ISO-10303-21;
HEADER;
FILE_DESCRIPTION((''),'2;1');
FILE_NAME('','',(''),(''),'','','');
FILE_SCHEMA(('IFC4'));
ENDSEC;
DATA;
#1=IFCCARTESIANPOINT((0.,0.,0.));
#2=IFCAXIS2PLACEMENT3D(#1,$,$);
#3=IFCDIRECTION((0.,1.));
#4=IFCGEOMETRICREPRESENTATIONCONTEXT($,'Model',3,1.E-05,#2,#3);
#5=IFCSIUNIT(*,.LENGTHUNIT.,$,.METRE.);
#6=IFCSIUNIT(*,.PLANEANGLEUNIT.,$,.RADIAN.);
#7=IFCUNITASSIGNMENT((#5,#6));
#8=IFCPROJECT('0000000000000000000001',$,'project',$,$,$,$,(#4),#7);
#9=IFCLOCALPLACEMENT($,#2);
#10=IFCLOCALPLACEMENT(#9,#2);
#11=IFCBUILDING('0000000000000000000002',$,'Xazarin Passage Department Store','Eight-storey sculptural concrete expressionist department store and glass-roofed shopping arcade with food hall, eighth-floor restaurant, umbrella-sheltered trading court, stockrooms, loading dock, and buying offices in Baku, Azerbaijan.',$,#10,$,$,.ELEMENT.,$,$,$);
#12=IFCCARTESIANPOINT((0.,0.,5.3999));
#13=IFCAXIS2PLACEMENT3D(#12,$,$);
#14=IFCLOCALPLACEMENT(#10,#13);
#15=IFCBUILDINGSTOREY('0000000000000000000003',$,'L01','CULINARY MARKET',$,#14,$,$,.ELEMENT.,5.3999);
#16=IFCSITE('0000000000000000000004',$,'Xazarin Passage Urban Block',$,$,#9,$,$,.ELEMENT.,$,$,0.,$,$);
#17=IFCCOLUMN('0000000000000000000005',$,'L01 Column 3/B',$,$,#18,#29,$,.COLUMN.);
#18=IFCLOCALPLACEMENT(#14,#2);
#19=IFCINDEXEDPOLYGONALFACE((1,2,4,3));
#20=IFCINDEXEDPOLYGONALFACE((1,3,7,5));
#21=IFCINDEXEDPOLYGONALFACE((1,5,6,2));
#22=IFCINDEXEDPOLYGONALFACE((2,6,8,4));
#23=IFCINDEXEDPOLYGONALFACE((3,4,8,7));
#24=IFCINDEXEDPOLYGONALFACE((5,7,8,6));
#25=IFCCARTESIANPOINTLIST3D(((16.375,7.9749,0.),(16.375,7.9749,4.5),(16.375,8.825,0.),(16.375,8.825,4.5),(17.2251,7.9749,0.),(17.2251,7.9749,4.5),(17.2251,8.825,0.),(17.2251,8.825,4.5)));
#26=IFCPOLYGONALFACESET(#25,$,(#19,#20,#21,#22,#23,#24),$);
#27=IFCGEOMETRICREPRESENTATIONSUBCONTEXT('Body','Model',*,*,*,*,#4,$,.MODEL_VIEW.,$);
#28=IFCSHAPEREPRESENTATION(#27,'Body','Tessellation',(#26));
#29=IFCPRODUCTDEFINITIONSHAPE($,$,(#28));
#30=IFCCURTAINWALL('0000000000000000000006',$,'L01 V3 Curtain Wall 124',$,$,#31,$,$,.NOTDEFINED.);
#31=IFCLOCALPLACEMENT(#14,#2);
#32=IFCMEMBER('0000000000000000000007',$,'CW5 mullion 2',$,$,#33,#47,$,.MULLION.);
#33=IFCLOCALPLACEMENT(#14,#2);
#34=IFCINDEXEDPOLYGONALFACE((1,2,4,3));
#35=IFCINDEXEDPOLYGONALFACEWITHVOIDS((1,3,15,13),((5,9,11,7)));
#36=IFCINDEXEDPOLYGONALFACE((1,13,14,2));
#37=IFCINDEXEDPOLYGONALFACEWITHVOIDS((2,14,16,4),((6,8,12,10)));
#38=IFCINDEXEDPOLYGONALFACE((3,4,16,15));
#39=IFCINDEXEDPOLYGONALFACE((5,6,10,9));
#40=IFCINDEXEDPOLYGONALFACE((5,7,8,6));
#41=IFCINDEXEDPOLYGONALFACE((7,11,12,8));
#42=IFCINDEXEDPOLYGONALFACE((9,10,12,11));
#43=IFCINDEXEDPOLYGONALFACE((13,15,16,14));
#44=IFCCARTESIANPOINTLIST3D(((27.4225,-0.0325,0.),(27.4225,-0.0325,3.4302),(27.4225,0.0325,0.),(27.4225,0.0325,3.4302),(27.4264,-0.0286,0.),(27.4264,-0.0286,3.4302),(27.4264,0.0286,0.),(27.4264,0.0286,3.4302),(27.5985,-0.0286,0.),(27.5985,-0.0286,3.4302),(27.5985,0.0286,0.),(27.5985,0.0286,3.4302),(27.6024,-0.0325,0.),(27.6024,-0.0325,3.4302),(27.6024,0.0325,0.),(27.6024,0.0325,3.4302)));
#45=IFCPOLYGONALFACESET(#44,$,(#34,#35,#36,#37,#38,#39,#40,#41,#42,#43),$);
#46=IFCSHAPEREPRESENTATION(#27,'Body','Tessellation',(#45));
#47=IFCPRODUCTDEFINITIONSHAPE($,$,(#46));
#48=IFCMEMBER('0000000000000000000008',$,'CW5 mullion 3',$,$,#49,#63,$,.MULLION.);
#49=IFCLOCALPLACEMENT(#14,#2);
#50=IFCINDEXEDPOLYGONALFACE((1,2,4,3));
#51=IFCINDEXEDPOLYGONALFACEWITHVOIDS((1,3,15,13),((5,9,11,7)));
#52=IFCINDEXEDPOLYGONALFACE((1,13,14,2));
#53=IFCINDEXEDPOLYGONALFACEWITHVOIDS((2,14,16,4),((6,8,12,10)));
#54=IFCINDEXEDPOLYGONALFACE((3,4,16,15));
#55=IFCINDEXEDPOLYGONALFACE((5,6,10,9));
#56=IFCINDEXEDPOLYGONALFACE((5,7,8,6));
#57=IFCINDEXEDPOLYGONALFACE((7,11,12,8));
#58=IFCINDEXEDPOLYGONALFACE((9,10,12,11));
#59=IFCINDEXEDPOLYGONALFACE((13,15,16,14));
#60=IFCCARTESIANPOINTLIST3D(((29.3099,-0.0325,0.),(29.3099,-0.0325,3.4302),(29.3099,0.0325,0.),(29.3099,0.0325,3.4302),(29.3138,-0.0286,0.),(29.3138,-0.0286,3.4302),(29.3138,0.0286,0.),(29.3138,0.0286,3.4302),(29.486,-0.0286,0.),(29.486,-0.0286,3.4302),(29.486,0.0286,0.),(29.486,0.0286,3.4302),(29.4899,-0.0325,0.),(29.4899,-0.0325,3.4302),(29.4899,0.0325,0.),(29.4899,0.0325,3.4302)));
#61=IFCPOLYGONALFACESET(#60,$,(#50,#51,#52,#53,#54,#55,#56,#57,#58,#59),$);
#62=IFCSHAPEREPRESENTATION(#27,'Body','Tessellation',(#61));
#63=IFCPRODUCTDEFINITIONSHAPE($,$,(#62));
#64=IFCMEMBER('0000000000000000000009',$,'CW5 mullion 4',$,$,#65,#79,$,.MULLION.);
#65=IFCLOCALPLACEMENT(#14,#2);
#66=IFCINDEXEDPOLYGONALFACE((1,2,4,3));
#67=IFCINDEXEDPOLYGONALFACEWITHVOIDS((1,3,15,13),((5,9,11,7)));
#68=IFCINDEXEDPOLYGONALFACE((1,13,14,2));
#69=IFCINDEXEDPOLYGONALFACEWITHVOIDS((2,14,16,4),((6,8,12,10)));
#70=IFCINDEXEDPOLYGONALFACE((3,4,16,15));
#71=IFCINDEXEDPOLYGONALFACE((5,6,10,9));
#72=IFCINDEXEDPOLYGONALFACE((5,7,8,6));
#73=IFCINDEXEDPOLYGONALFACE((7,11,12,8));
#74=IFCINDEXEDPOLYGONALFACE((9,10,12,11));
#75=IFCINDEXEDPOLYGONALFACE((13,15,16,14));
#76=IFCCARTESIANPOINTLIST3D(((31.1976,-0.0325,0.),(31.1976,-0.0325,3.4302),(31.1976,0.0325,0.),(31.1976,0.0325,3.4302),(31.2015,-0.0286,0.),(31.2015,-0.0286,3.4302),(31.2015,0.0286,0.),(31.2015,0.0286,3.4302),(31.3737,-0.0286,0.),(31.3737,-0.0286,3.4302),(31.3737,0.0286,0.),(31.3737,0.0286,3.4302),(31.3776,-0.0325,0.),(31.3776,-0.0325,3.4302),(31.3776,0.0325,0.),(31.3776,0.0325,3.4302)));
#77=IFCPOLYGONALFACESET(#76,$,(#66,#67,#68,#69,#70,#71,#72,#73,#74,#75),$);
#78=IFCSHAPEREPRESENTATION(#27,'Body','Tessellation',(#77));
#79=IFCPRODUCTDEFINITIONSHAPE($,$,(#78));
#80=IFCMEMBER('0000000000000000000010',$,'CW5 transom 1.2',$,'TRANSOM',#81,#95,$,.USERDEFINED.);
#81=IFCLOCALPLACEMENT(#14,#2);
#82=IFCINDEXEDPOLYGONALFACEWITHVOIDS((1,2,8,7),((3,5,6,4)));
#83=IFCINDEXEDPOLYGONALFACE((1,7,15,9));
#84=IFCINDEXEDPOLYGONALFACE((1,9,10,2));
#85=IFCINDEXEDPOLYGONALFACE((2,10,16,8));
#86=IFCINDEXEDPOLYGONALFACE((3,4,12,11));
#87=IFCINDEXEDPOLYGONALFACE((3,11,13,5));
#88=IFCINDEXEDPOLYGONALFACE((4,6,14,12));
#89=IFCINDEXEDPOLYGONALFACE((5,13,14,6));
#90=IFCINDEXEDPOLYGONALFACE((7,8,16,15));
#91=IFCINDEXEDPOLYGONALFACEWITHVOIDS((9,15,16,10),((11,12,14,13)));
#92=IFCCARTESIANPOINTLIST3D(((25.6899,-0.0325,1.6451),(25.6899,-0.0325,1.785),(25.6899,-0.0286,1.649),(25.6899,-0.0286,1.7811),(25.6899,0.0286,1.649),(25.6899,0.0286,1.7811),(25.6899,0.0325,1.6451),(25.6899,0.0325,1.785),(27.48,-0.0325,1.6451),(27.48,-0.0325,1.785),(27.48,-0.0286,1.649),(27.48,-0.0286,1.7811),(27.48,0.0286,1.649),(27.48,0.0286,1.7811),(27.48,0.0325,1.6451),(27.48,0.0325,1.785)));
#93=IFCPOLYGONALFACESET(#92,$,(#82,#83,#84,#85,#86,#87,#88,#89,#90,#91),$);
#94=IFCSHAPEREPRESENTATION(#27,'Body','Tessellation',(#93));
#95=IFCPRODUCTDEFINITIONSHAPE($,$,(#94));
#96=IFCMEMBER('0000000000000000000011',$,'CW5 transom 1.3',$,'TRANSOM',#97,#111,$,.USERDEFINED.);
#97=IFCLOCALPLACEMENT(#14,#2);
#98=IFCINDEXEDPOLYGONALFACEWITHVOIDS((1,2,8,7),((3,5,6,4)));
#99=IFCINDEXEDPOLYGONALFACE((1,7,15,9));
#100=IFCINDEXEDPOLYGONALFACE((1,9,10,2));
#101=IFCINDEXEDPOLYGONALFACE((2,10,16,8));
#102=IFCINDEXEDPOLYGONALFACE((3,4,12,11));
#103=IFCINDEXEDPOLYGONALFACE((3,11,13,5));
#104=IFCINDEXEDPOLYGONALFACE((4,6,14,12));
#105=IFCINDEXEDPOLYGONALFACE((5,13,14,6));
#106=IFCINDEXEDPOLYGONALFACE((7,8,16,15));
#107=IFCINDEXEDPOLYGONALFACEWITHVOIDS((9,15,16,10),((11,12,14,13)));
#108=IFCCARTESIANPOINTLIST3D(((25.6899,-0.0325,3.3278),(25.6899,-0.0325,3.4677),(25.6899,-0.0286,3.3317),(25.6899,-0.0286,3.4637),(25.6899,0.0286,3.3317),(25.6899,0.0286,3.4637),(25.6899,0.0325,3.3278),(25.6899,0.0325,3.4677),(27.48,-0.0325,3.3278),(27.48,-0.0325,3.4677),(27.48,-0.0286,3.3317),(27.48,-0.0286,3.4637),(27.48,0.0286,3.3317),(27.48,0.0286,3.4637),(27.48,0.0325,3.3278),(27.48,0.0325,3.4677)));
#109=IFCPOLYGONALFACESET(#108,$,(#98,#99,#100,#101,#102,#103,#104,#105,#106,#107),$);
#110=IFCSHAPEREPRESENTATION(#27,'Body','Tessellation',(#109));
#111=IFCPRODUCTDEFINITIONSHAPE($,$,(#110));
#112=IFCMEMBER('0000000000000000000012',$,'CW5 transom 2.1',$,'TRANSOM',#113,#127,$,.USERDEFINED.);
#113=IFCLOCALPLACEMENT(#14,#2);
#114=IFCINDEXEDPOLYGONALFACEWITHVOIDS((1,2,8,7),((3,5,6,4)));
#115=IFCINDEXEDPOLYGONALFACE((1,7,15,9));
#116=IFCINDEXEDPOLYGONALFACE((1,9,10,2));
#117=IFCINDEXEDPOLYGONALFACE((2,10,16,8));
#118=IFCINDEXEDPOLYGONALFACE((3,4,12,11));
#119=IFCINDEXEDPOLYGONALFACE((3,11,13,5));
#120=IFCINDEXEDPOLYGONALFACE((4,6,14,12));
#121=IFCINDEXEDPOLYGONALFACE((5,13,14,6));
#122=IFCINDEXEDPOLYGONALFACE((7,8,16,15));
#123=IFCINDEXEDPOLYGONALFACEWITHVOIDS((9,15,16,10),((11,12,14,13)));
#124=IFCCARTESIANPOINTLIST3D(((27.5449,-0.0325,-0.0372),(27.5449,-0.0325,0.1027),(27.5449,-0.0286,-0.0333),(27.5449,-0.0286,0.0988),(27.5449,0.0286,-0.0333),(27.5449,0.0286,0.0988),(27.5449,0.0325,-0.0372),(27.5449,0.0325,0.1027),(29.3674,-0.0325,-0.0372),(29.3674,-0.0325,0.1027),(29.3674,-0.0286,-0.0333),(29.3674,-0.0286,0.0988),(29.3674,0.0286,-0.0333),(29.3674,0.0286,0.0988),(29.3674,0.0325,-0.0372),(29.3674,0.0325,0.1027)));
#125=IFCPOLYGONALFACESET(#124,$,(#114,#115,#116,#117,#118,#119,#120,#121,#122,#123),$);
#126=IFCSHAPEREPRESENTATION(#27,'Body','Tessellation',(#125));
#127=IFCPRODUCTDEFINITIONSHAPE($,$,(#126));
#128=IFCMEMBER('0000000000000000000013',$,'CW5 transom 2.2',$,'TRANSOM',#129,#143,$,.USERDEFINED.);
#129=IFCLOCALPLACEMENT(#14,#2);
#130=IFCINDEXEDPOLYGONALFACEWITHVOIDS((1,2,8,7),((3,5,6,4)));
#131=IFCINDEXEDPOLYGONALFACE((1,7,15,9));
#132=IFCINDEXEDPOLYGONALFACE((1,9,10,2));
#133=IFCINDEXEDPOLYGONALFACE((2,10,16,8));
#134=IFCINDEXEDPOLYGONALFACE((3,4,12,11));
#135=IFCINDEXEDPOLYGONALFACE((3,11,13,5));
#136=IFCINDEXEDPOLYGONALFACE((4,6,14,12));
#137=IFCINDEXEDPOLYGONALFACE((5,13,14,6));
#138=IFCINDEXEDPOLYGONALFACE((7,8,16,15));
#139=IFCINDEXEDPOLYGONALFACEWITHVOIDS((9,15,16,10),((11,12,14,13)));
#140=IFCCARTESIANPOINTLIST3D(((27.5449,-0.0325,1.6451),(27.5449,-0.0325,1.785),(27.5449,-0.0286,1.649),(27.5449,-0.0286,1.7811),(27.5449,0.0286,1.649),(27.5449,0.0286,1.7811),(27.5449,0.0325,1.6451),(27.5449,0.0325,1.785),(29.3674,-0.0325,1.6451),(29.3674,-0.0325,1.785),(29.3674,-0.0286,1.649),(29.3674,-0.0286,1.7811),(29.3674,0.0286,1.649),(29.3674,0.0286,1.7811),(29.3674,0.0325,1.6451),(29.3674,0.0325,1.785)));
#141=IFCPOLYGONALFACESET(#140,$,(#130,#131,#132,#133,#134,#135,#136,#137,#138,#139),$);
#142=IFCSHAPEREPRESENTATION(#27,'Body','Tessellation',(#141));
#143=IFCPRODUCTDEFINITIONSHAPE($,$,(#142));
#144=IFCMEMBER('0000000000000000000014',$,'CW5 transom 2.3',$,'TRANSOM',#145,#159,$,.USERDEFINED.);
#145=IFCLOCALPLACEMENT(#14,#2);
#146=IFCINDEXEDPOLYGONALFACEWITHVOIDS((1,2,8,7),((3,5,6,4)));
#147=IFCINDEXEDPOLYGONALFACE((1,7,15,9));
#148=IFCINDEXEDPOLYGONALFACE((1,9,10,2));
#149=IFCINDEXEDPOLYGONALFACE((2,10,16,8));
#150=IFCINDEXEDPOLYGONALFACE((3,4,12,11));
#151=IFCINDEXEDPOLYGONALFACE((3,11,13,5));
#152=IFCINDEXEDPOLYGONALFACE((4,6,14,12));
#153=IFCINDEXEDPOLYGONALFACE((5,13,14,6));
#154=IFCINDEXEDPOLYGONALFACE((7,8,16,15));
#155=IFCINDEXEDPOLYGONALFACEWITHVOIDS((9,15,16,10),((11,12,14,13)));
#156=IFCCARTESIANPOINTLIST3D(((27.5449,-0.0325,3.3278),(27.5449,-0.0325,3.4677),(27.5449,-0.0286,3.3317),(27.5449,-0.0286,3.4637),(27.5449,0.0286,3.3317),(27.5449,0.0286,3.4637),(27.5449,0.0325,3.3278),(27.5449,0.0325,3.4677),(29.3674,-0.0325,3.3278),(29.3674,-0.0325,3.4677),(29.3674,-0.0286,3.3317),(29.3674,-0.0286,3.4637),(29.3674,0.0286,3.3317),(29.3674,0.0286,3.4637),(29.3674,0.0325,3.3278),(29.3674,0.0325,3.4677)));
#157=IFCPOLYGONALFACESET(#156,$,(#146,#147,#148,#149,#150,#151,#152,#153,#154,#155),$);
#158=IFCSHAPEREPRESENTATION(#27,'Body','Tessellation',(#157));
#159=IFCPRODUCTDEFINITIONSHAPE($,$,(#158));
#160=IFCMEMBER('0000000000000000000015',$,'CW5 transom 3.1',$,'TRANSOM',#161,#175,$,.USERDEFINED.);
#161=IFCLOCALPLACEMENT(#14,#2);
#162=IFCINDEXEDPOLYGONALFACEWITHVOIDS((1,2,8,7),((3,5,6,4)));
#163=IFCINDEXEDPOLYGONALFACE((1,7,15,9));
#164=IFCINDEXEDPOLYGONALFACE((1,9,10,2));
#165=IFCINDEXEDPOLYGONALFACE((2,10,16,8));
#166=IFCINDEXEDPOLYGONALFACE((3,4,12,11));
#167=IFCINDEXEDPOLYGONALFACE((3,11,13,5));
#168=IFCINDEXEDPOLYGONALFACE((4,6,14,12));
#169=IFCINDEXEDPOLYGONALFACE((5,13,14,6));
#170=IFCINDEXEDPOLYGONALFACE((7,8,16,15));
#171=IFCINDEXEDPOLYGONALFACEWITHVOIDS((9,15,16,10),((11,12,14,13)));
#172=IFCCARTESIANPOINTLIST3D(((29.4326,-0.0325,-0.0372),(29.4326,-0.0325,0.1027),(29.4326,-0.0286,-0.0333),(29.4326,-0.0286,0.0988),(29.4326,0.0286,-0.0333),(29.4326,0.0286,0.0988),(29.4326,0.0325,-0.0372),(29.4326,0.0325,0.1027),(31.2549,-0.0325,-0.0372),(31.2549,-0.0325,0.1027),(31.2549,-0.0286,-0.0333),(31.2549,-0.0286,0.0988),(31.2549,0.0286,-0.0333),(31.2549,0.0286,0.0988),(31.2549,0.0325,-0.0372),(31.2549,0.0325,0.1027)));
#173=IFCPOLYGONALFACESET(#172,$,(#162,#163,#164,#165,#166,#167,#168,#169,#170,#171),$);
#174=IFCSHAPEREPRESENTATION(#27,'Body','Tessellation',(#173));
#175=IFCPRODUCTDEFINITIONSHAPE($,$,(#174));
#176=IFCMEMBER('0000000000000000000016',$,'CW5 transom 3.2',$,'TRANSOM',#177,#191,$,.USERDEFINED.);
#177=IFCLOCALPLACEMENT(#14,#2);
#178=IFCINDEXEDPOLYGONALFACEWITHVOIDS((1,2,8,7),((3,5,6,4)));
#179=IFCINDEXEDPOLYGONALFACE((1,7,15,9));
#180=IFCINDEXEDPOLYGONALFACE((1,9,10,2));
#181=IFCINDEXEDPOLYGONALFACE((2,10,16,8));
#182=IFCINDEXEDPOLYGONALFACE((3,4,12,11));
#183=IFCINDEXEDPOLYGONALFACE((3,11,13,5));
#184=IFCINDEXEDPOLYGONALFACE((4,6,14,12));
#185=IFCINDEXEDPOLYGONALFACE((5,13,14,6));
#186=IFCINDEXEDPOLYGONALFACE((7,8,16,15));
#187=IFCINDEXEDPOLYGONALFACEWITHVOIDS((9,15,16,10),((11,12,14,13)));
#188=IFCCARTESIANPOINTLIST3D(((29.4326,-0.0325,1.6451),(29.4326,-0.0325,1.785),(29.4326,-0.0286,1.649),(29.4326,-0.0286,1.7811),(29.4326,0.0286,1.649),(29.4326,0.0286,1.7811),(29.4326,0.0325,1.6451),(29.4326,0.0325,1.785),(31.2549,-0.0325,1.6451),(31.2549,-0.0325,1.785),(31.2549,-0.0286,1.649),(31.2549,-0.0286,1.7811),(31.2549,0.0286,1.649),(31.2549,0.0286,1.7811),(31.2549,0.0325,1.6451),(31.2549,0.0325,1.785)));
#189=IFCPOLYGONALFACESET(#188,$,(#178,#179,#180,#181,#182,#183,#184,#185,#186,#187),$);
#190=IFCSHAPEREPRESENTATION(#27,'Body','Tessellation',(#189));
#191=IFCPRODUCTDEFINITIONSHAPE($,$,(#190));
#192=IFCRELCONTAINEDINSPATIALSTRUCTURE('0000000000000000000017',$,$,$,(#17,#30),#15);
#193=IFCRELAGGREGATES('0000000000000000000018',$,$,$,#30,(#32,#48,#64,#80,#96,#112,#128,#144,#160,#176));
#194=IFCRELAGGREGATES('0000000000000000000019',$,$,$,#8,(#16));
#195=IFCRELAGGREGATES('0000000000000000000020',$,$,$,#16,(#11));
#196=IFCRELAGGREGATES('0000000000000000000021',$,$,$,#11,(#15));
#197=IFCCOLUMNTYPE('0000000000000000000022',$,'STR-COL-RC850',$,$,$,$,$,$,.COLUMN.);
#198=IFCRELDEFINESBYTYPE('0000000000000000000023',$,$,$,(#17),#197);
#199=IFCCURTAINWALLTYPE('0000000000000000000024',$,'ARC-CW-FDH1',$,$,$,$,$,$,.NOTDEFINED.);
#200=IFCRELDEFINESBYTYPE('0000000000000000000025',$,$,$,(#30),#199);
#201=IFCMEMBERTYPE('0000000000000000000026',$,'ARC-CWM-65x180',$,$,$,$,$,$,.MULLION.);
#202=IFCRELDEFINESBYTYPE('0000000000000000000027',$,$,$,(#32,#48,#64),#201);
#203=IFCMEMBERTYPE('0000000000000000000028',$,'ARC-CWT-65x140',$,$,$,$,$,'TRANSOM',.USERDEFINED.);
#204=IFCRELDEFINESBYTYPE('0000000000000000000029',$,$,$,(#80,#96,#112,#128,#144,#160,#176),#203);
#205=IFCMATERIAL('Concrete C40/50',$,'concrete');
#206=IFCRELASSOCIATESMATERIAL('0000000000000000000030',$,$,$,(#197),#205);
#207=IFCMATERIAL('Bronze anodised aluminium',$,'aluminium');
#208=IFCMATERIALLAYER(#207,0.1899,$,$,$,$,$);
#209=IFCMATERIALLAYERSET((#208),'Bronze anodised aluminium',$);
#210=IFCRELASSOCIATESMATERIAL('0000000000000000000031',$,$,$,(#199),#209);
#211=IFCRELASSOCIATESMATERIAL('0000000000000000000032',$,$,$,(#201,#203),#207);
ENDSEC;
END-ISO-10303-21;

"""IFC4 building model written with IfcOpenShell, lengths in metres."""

from ifc_helpers import new_model, si_unit, direction, frame, origin, origin_2d, place, context, subcontext, project, spatial, rectangle, hollow_rectangle, extrude, material, layer, layer_set, material_profile, profile_set, type_object, element, aggregate, save


model = new_model("IFC4")

# Units and contexts
model_context = context("Model", 3, precision=1e-05, world=origin(), true_north=direction((0.0, 1.0)))
body_context = subcontext(model_context, "Body", "Model", "MODEL_VIEW")
ifc_project = project(units=[si_unit("LENGTHUNIT", "METRE"), si_unit("PLANEANGLEUNIT", "RADIAN")], contexts=[model_context])

# Site, building, storey
site_placement = place(None, origin())
site = spatial("IfcSite", under=ifc_project, at=site_placement, Name="Xazarin Passage Urban Block", CompositionType="ELEMENT", RefElevation=0.0)
building_placement = place(site_placement, origin())
building = spatial("IfcBuilding", under=site, at=building_placement, Name="Xazarin Passage Department Store", Description="Eight-storey sculptural concrete expressionist department store and glass-roofed shopping arcade with food hall, eighth-floor restaurant, umbrella-sheltered trading court, stockrooms, loading dock, and buying offices in Baku, Azerbaijan.", CompositionType="ELEMENT")
storey_placement = place(building_placement, frame((0.0, 0.0, 5.3999)))
storey = spatial("IfcBuildingStorey", under=building, at=storey_placement, Name="L01", Description="CULINARY MARKET", CompositionType="ELEMENT", Elevation=5.3999)

# Column
ifc_material_1 = material(Name="Concrete C40/50", Category="concrete")
ifc_material_profile_1 = material_profile(ifc_material_1, rectangle(XDim=0.8501, YDim=0.8501, at=origin_2d()), Name="RC 850x850")
ifc_profile_set_1 = profile_set([ifc_material_profile_1], Name="Concrete C40/50")
column_type = type_object("IfcColumnType", Name="STR-COL-RC850", PredefinedType="COLUMN", material=ifc_profile_set_1)
column_placement = place(storey_placement, frame((16.8, 8.3999, 0.0), z_axis=(0.0, 0.0, 1.0), x_axis=(1.0, 0.0, 0.0)))
element("IfcColumn", 1, at=column_placement, inside=storey, type_object=column_type, Name="L01 Column 3/B", PredefinedType="COLUMN", context=body_context, shape_type="SweptSolid", body=[
    extrude(rectangle(XDim=0.8501, YDim=0.8501, at=origin_2d()), origin(), (0.0, 0.0, 1.0), 4.5),
])

# Curtain wall, members
ifc_material_2 = material(Name="Bronze anodised aluminium", Category="aluminium")
ifc_layer_1 = layer(ifc_material_2, 0.1899)
ifc_layer_set_1 = layer_set([ifc_layer_1], Name="Bronze anodised aluminium")
curtain_wall_type = type_object("IfcCurtainWallType", Name="ARC-CW-FDH1", PredefinedType="NOTDEFINED", material=ifc_layer_set_1)
curtain_wall_placement = place(storey_placement, origin())
curtain_wall = element("IfcCurtainWall", 2, at=curtain_wall_placement, inside=storey, type_object=curtain_wall_type, Name="L01 V3 Curtain Wall 124", PredefinedType="NOTDEFINED")
ifc_material_profile_2 = material_profile(ifc_material_2, hollow_rectangle(XDim=0.0649, YDim=0.1799, WallThickness=0.0039, at=origin_2d()), Name="ALU 65x180")
ifc_profile_set_2 = profile_set([ifc_material_profile_2], Name="Bronze anodised aluminium")
member_type_1 = type_object("IfcMemberType", Name="ARC-CWM-65x180", PredefinedType="MULLION", material=ifc_profile_set_2)
member_1_placement = place(storey_placement, frame((27.5125, 0.0, 0.0), z_axis=(0.0, 0.0, 1.0), x_axis=(0.0, 1.0, 0.0)))
member_1 = element("IfcMember", 3, at=member_1_placement, type_object=member_type_1, Name="CW5 mullion 2", PredefinedType="MULLION", context=body_context, shape_type="SweptSolid", body=[
    extrude(hollow_rectangle(XDim=0.0649, YDim=0.1799, WallThickness=0.0039, at=origin_2d()), origin(), (0.0, 0.0, 1.0), 3.4302),
])
member_2_placement = place(storey_placement, frame((29.3999, 0.0, 0.0), z_axis=(0.0, 0.0, 1.0), x_axis=(0.0, 1.0, 0.0)))
member_2 = element("IfcMember", 4, at=member_2_placement, type_object=member_type_1, Name="CW5 mullion 3", PredefinedType="MULLION", context=body_context, shape_type="SweptSolid", body=[
    extrude(hollow_rectangle(XDim=0.0649, YDim=0.1799, WallThickness=0.0039, at=origin_2d()), origin(), (0.0, 0.0, 1.0), 3.4302),
])
member_3_placement = place(storey_placement, frame((31.2876, 0.0, 0.0), z_axis=(0.0, 0.0, 1.0), x_axis=(0.0, 1.0, 0.0)))
member_3 = element("IfcMember", 5, at=member_3_placement, type_object=member_type_1, Name="CW5 mullion 4", PredefinedType="MULLION", context=body_context, shape_type="SweptSolid", body=[
    extrude(hollow_rectangle(XDim=0.0649, YDim=0.1799, WallThickness=0.0039, at=origin_2d()), origin(), (0.0, 0.0, 1.0), 3.4302),
])
ifc_material_profile_3 = material_profile(ifc_material_2, hollow_rectangle(XDim=0.0649, YDim=0.1399, WallThickness=0.0039, at=origin_2d()), Name="ALU 65x140")
ifc_profile_set_3 = profile_set([ifc_material_profile_3], Name="Bronze anodised aluminium")
member_type_2 = type_object("IfcMemberType", Name="ARC-CWT-65x140", ElementType="TRANSOM", PredefinedType="USERDEFINED", material=ifc_profile_set_3)
member_4_placement = place(storey_placement, frame((25.6899, 0.0, 1.7151), z_axis=(1.0, 0.0, 0.0), x_axis=(0.0, 1.0, 0.0)))
member_4 = element("IfcMember", 6, at=member_4_placement, type_object=member_type_2, Name="CW5 transom 1.2", ObjectType="TRANSOM", PredefinedType="USERDEFINED", context=body_context, shape_type="SweptSolid", body=[
    extrude(hollow_rectangle(XDim=0.0649, YDim=0.1399, WallThickness=0.0039, at=origin_2d()), origin(), (0.0, 0.0, 1.0), 1.79),
])
member_5_placement = place(storey_placement, frame((25.6899, 0.0, 3.3977), z_axis=(1.0, 0.0, 0.0), x_axis=(0.0, 1.0, 0.0)))
member_5 = element("IfcMember", 7, at=member_5_placement, type_object=member_type_2, Name="CW5 transom 1.3", ObjectType="TRANSOM", PredefinedType="USERDEFINED", context=body_context, shape_type="SweptSolid", body=[
    extrude(hollow_rectangle(XDim=0.0649, YDim=0.1399, WallThickness=0.0039, at=origin_2d()), origin(), (0.0, 0.0, 1.0), 1.79),
])
member_6_placement = place(storey_placement, frame((27.5449, 0.0, 0.0327), z_axis=(1.0, 0.0, 0.0), x_axis=(0.0, 1.0, 0.0)))
member_6 = element("IfcMember", 8, at=member_6_placement, type_object=member_type_2, Name="CW5 transom 2.1", ObjectType="TRANSOM", PredefinedType="USERDEFINED", context=body_context, shape_type="SweptSolid", body=[
    extrude(hollow_rectangle(XDim=0.0649, YDim=0.1399, WallThickness=0.0039, at=origin_2d()), origin(), (0.0, 0.0, 1.0), 1.8225),
])
member_7_placement = place(storey_placement, frame((27.5449, 0.0, 1.7151), z_axis=(1.0, 0.0, 0.0), x_axis=(0.0, 1.0, 0.0)))
member_7 = element("IfcMember", 9, at=member_7_placement, type_object=member_type_2, Name="CW5 transom 2.2", ObjectType="TRANSOM", PredefinedType="USERDEFINED", context=body_context, shape_type="SweptSolid", body=[
    extrude(hollow_rectangle(XDim=0.0649, YDim=0.1399, WallThickness=0.0039, at=origin_2d()), origin(), (0.0, 0.0, 1.0), 1.8225),
])
member_8_placement = place(storey_placement, frame((27.5449, 0.0, 3.3977), z_axis=(1.0, 0.0, 0.0), x_axis=(0.0, 1.0, 0.0)))
member_8 = element("IfcMember", 10, at=member_8_placement, type_object=member_type_2, Name="CW5 transom 2.3", ObjectType="TRANSOM", PredefinedType="USERDEFINED", context=body_context, shape_type="SweptSolid", body=[
    extrude(hollow_rectangle(XDim=0.0649, YDim=0.1399, WallThickness=0.0039, at=origin_2d()), origin(), (0.0, 0.0, 1.0), 1.8225),
])
member_9_placement = place(storey_placement, frame((29.4326, 0.0, 0.0327), z_axis=(1.0, 0.0, 0.0), x_axis=(0.0, 1.0, 0.0)))
member_9 = element("IfcMember", 11, at=member_9_placement, type_object=member_type_2, Name="CW5 transom 3.1", ObjectType="TRANSOM", PredefinedType="USERDEFINED", context=body_context, shape_type="SweptSolid", body=[
    extrude(hollow_rectangle(XDim=0.0649, YDim=0.1399, WallThickness=0.0039, at=origin_2d()), origin(), (0.0, 0.0, 1.0), 1.8223),
])
member_10_placement = place(storey_placement, frame((29.4326, 0.0, 1.7151), z_axis=(1.0, 0.0, 0.0), x_axis=(0.0, 1.0, 0.0)))
member_10 = element("IfcMember", 12, at=member_10_placement, type_object=member_type_2, Name="CW5 transom 3.2", ObjectType="TRANSOM", PredefinedType="USERDEFINED", context=body_context, shape_type="SweptSolid", body=[
    extrude(hollow_rectangle(XDim=0.0649, YDim=0.1399, WallThickness=0.0039, at=origin_2d()), origin(), (0.0, 0.0, 1.0), 1.8223),
])

aggregate(curtain_wall, [member_1, member_2, member_3, member_4, member_5, member_6, member_7, member_8, member_9, member_10])

save(model, "model.ifc")
